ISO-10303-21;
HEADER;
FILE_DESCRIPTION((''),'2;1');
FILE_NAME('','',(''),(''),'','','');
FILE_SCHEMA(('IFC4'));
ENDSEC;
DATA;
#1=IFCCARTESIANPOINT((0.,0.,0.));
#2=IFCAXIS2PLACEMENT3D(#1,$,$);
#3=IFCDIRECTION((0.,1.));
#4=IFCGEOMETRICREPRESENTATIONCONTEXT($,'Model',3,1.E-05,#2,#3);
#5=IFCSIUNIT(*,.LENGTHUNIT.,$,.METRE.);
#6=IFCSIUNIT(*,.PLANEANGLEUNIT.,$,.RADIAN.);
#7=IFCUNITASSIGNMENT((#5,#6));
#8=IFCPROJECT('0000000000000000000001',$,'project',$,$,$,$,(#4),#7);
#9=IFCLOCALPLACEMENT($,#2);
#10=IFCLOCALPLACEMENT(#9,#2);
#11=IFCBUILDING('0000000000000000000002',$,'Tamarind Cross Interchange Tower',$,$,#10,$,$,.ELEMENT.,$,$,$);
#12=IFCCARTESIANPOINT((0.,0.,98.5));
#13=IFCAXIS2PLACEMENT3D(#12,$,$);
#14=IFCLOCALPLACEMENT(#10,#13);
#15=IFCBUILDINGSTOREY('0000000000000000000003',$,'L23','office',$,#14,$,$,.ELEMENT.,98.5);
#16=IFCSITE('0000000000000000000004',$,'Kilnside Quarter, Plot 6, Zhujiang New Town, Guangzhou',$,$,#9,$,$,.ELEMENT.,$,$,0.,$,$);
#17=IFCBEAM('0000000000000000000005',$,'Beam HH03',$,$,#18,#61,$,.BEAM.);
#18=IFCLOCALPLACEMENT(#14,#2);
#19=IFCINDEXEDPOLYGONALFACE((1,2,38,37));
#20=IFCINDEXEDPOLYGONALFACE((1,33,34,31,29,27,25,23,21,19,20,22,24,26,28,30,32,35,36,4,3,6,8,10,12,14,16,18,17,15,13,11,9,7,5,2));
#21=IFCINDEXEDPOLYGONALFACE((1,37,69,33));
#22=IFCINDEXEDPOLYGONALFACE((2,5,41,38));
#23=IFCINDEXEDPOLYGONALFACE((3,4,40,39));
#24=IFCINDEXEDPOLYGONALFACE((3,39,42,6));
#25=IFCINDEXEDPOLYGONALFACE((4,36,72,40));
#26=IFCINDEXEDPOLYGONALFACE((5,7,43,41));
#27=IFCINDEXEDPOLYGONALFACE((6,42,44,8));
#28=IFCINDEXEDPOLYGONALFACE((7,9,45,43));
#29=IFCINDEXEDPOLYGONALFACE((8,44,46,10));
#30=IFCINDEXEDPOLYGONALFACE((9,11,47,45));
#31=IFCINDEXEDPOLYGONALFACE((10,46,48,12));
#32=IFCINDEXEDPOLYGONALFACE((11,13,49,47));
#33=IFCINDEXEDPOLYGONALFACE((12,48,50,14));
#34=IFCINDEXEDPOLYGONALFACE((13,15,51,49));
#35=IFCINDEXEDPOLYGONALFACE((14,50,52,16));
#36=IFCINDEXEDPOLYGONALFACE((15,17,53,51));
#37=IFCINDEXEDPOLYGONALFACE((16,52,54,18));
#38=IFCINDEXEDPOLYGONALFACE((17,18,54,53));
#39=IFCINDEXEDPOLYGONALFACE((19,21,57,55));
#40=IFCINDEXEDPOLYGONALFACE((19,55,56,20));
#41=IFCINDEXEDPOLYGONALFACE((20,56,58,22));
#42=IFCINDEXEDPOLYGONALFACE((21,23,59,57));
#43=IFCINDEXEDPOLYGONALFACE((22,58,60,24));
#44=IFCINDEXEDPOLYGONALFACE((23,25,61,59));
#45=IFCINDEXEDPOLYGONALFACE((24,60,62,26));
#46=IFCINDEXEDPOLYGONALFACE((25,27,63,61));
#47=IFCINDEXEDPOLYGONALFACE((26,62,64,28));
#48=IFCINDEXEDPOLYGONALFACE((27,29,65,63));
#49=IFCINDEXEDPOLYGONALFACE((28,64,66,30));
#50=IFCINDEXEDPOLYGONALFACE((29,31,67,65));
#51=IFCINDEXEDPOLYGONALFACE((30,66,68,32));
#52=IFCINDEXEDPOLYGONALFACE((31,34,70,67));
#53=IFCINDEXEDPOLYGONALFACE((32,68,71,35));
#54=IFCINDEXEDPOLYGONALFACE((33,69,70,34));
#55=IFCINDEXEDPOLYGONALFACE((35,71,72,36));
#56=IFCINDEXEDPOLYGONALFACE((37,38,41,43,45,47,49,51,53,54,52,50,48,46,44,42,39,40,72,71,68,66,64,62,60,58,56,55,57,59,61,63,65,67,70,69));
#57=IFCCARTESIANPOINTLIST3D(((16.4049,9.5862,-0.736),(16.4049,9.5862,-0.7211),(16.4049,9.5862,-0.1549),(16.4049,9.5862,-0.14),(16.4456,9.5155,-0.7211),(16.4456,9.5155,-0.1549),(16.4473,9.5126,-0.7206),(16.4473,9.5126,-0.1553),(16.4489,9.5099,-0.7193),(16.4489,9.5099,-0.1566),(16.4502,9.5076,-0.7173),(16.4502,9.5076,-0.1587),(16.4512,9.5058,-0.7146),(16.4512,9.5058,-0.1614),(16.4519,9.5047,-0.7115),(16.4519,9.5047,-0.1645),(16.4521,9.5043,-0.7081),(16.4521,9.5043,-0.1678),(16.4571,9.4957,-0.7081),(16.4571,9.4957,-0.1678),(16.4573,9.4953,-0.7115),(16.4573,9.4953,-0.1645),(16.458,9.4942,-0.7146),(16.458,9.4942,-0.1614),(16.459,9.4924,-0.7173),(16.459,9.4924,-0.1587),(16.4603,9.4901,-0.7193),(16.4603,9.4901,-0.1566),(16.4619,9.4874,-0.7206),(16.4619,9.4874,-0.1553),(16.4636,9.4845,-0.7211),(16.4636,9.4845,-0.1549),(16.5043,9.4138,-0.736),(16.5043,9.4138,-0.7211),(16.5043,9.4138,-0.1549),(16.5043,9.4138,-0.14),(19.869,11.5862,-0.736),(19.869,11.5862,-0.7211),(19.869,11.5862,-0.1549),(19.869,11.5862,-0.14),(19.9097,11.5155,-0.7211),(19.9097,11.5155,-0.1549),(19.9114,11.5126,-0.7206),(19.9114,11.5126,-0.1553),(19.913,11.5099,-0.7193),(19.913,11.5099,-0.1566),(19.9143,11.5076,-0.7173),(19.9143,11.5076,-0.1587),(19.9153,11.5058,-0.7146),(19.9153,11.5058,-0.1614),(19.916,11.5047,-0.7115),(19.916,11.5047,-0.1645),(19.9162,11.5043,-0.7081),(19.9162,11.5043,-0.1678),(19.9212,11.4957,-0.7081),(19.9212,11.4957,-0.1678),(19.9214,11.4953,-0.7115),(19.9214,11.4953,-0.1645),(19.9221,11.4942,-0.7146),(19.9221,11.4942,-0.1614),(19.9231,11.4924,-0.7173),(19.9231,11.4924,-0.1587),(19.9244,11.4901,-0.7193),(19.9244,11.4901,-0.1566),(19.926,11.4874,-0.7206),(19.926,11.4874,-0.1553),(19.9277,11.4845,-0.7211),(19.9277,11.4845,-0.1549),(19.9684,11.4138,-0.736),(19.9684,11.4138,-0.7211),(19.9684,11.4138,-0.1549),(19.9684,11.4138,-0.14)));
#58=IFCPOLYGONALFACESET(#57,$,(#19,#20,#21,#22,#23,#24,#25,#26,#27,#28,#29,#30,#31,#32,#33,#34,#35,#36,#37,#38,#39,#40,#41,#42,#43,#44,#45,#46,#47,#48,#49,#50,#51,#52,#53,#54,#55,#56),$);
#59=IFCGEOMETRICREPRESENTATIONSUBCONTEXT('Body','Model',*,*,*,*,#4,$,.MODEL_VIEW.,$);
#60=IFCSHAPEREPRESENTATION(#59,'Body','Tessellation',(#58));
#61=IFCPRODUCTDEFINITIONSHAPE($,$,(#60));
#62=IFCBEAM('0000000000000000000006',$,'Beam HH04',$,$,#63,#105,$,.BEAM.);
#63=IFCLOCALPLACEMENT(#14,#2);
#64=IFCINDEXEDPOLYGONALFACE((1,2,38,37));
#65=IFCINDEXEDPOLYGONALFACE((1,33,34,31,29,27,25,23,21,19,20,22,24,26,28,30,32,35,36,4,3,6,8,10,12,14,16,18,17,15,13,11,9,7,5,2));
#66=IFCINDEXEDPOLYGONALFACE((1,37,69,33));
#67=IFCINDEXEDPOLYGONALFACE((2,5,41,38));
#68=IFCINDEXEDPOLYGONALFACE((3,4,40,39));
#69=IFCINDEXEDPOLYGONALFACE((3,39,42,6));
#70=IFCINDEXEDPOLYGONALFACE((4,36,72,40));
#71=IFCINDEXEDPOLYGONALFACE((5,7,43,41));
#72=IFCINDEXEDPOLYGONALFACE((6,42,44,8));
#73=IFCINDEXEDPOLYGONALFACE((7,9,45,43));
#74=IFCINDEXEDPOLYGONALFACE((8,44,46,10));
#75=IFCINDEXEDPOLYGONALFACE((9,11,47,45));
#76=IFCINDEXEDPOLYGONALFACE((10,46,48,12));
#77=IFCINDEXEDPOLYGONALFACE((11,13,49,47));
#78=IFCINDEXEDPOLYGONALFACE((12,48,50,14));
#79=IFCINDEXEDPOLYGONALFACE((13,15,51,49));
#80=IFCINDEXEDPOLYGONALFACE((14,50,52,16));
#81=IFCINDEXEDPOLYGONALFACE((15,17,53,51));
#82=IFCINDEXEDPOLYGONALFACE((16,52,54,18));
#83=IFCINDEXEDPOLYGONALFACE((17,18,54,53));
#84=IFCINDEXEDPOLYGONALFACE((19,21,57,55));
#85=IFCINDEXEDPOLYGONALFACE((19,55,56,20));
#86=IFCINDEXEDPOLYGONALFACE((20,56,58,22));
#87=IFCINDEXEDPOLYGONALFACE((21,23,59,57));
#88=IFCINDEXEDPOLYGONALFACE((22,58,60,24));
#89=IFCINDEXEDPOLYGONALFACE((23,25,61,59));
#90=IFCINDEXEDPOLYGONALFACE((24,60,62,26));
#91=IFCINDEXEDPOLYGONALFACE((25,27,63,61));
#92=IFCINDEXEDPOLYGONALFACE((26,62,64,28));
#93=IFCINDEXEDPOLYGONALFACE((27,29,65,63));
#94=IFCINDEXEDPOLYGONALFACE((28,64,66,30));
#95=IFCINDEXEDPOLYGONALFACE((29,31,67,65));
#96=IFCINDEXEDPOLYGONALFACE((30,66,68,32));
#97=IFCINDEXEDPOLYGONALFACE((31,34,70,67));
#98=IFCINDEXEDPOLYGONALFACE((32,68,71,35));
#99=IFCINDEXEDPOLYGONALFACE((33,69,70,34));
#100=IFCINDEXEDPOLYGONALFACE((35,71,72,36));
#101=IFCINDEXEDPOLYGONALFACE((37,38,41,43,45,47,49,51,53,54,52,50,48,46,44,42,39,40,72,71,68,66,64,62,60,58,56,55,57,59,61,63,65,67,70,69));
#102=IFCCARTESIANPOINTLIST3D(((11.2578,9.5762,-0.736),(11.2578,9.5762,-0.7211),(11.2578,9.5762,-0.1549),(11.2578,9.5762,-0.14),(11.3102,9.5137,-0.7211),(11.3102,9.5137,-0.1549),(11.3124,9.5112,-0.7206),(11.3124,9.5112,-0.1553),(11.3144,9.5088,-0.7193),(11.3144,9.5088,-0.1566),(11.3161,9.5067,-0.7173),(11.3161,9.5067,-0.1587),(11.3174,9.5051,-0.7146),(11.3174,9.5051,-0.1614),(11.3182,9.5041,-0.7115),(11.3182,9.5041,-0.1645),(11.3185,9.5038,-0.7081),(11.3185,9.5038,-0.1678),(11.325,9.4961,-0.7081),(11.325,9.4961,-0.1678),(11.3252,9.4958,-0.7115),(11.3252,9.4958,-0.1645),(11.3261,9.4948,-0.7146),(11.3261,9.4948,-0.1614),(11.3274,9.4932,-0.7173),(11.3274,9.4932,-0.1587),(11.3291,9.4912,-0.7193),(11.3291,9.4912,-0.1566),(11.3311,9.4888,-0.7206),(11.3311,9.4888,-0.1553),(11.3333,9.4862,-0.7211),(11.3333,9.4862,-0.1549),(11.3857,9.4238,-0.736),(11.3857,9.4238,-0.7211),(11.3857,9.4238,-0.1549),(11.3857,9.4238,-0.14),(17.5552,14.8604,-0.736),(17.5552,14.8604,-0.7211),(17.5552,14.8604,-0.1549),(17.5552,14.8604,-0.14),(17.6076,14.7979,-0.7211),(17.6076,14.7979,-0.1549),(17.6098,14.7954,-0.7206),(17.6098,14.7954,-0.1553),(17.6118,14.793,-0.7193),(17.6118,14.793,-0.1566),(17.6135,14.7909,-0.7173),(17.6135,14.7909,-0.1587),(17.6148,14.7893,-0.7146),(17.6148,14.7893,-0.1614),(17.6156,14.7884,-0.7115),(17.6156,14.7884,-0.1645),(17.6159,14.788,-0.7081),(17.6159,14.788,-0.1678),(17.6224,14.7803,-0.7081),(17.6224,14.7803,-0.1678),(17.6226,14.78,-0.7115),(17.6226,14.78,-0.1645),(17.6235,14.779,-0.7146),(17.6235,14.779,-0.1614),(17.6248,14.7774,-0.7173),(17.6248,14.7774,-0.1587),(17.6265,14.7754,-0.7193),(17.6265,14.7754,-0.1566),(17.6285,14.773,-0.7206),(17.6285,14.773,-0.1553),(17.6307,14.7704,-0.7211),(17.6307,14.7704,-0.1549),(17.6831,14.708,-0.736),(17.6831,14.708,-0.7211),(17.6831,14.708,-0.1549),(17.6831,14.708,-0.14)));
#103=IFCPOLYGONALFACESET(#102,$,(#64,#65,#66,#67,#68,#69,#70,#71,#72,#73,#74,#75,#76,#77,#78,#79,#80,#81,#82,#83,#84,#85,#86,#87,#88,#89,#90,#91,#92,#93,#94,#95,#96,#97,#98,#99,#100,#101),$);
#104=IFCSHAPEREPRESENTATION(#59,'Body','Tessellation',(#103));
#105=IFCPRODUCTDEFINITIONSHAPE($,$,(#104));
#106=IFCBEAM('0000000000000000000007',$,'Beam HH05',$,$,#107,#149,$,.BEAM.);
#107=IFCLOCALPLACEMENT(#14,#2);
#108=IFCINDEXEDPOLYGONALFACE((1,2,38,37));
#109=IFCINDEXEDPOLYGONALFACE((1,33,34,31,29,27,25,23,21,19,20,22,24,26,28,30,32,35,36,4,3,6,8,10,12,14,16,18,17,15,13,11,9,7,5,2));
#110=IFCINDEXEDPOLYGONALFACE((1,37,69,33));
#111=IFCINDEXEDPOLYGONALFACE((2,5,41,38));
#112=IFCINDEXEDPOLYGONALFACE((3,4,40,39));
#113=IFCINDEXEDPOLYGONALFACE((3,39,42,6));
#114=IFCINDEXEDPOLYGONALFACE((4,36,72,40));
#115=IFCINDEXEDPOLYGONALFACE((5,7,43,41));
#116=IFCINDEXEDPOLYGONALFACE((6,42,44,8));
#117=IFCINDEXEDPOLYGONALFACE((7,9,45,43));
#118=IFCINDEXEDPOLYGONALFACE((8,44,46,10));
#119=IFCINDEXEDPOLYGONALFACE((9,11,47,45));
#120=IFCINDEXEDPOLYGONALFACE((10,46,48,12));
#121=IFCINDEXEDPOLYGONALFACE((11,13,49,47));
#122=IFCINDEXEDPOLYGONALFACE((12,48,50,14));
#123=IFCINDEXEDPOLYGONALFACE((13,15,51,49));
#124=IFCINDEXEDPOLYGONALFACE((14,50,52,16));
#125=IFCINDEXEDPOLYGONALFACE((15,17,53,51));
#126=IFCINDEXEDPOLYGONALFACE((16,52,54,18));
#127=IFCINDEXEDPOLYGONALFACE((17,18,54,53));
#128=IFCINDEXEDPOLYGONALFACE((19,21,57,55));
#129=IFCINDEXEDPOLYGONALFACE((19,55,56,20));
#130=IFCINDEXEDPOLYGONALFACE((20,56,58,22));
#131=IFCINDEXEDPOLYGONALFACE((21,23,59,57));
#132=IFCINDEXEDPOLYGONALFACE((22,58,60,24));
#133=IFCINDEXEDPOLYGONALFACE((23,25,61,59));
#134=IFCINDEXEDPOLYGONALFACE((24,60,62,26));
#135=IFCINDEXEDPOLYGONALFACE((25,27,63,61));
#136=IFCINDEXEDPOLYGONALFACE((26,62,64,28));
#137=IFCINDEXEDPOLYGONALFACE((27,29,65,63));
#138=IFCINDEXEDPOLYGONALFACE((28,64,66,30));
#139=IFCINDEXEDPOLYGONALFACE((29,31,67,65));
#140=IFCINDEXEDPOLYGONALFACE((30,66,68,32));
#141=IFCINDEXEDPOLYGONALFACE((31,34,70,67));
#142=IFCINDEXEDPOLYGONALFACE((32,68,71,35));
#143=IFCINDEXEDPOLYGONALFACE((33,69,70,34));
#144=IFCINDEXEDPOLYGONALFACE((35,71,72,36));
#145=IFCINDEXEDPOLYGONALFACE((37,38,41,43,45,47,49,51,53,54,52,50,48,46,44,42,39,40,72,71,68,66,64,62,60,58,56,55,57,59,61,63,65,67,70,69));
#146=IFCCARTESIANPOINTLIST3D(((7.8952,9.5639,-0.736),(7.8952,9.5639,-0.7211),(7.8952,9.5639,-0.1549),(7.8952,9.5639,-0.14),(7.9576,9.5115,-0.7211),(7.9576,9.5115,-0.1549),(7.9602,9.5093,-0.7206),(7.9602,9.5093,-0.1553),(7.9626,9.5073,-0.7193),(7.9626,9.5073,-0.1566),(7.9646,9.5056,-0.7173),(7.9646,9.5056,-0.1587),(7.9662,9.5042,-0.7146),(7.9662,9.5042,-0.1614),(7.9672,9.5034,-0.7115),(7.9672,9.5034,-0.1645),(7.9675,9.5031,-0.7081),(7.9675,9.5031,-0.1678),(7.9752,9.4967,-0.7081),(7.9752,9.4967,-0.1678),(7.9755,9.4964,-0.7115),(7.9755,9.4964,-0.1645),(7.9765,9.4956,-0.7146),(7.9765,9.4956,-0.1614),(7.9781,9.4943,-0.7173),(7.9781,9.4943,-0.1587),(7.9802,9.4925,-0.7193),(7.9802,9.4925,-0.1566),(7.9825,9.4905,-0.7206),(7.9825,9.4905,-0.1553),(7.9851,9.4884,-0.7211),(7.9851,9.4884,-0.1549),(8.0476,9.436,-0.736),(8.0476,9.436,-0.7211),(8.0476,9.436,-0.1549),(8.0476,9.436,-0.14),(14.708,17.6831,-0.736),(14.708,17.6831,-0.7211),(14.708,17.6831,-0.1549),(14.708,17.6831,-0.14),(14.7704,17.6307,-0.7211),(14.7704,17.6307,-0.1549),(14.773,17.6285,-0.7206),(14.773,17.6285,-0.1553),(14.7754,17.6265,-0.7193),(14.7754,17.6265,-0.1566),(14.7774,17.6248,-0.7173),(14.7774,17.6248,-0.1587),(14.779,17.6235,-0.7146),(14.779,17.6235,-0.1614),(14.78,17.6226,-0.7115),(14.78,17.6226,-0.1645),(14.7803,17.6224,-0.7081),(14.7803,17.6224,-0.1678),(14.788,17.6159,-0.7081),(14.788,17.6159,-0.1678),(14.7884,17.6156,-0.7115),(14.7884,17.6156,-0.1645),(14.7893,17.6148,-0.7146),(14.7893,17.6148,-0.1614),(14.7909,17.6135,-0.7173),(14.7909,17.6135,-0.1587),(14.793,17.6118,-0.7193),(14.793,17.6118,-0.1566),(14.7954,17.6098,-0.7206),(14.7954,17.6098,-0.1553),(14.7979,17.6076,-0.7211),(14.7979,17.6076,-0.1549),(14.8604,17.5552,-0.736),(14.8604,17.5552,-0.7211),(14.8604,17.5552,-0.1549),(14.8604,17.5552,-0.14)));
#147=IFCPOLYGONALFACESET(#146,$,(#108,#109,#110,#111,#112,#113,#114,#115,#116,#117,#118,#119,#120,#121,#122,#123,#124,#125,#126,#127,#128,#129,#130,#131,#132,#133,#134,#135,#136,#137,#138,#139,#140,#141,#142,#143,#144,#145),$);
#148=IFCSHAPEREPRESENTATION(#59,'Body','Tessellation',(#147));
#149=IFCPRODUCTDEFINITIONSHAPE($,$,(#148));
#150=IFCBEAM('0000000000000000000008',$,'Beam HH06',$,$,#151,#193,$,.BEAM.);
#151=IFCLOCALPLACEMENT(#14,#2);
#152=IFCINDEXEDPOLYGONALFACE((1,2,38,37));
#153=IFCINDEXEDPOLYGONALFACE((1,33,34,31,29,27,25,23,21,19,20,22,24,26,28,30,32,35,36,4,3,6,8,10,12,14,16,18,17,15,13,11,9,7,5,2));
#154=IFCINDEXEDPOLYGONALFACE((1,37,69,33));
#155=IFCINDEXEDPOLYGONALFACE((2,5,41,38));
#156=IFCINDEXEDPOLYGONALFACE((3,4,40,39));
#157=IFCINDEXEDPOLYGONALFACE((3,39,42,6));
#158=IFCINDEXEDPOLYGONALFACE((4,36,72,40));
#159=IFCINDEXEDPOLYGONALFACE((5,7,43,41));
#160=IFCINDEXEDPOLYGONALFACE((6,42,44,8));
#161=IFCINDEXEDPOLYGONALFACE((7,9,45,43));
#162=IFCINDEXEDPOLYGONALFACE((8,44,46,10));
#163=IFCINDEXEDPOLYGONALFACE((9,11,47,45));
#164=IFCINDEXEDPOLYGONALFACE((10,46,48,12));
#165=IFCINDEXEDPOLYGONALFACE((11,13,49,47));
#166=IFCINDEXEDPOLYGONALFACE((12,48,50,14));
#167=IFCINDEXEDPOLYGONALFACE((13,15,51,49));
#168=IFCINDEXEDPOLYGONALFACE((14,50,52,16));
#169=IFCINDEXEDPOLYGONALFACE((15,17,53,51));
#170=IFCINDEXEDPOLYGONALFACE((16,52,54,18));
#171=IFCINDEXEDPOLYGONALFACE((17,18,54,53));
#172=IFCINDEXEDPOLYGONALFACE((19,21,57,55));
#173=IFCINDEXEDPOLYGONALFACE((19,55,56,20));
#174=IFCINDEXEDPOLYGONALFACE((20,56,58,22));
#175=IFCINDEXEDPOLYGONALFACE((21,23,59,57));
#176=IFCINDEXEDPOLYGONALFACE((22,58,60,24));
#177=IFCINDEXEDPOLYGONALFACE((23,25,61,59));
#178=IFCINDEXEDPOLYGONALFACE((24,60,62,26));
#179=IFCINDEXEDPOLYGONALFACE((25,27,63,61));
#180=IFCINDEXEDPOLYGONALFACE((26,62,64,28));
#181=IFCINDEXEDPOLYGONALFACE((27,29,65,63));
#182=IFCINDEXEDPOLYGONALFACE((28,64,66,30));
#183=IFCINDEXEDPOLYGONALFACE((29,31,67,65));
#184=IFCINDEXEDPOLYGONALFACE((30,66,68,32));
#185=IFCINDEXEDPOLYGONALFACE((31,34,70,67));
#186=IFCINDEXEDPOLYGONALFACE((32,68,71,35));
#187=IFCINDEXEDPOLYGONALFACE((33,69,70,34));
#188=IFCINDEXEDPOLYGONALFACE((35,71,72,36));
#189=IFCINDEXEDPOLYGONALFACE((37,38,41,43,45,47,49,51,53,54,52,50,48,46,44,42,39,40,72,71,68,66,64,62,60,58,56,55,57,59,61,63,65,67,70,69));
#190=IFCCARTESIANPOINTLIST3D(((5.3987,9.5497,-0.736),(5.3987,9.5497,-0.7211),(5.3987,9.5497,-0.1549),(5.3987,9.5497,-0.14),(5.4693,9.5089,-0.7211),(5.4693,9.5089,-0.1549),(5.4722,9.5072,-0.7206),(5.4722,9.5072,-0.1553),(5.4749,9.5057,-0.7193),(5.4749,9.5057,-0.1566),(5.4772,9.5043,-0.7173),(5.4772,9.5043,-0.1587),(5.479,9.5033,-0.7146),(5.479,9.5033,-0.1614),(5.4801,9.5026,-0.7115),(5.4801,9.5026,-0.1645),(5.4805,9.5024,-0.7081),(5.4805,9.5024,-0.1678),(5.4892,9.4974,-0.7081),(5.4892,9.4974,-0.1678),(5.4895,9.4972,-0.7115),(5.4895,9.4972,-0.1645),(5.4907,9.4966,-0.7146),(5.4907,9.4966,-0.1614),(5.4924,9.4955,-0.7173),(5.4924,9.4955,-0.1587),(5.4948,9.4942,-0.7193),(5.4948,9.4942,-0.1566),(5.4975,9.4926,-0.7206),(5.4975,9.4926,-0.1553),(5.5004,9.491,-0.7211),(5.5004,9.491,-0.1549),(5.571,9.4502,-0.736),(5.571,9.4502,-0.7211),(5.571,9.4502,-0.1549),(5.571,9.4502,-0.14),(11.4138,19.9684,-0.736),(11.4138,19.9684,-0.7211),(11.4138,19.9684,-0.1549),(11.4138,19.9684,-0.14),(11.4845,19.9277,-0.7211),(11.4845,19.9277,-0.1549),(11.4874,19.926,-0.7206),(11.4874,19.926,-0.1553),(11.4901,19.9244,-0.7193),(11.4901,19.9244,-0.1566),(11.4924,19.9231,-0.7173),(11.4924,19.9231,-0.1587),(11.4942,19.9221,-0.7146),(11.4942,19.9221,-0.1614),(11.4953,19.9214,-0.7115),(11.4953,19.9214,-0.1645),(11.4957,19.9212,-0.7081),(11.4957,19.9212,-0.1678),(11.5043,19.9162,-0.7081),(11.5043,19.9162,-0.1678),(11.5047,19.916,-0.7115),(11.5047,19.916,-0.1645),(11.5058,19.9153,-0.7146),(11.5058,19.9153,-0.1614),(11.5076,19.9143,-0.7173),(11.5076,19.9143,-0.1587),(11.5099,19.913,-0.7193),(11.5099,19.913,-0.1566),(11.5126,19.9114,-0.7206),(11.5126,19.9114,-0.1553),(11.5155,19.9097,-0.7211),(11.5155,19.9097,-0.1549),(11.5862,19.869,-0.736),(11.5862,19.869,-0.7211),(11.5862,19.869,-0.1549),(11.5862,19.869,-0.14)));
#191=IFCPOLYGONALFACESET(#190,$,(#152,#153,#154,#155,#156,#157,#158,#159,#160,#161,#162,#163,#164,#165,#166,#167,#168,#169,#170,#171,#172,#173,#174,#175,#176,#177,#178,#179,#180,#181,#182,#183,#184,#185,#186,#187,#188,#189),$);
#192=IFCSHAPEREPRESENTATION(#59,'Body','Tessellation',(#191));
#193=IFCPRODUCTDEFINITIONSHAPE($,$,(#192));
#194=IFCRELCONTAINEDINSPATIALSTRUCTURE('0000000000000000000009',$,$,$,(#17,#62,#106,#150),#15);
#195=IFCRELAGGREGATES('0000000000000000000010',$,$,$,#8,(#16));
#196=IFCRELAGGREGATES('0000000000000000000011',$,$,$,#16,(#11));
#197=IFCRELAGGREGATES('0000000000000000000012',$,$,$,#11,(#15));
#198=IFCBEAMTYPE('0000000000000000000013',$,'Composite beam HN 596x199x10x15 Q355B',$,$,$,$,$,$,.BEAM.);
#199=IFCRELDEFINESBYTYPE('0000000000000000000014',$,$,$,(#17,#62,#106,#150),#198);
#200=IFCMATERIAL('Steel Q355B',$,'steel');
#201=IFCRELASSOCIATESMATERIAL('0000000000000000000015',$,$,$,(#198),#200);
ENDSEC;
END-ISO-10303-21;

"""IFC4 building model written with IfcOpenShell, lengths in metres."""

from ifc_helpers import new_model, si_unit, direction, frame, origin, origin_2d, place, context, subcontext, project, spatial, i_section, extrude, material, material_profile, profile_set, type_object, element, save


model = new_model("IFC4")

# Units and contexts
model_context = context("Model", 3, precision=1e-05, world=origin(), true_north=direction((0.0, 1.0)))
body_context = subcontext(model_context, "Body", "Model", "MODEL_VIEW")
ifc_project = project(units=[si_unit("LENGTHUNIT", "METRE"), si_unit("PLANEANGLEUNIT", "RADIAN")], contexts=[model_context])

# Site, building, storey
site_placement = place(None, origin())
site = spatial("IfcSite", under=ifc_project, at=site_placement, Name="Kilnside Quarter, Plot 6, Zhujiang New Town, Guangzhou", CompositionType="ELEMENT", RefElevation=0.0)
building_placement = place(site_placement, origin())
building = spatial("IfcBuilding", under=site, at=building_placement, Name="Tamarind Cross Interchange Tower", CompositionType="ELEMENT")
storey_placement = place(building_placement, frame((0.0, 0.0, 98.5)))
storey = spatial("IfcBuildingStorey", under=building, at=storey_placement, Name="L23", Description="office", CompositionType="ELEMENT", Elevation=98.5)

# Beams
ifc_material_1 = material(Name="Steel Q355B", Category="steel")
ifc_material_profile_1 = material_profile(ifc_material_1, i_section(OverallWidth=0.199, OverallDepth=0.5959, WebThickness=0.01, FlangeThickness=0.0149, FilletRadius=0.0129, at=origin_2d()), Name="HN 596x199x10x15")
ifc_profile_set_1 = profile_set([ifc_material_profile_1], Name="Steel Q355B")
beam_type = type_object("IfcBeamType", Name="Composite beam HN 596x199x10x15 Q355B", PredefinedType="BEAM", material=ifc_profile_set_1)
beam_1_placement = place(storey_placement, frame((19.9187, 11.5, -0.438), z_axis=(-0.866026, -0.499999, 0.0), x_axis=(0.499999, -0.866026, 0.0)))
element("IfcBeam", 1, at=beam_1_placement, inside=storey, type_object=beam_type, Name="Beam HH03", PredefinedType="BEAM", context=body_context, shape_type="SweptSolid", body=[
    extrude(i_section(OverallWidth=0.199, OverallDepth=0.5959, WebThickness=0.01, FlangeThickness=0.0149, FilletRadius=0.0129, at=origin_2d()), origin(), (0.0, 0.0, 1.0), 4.0),
])
beam_2_placement = place(storey_placement, frame((17.6191, 14.7842, -0.438), z_axis=(-0.766041, -0.642792, 0.0), x_axis=(0.642792, -0.766041, 0.0)))
element("IfcBeam", 2, at=beam_2_placement, inside=storey, type_object=beam_type, Name="Beam HH04", PredefinedType="BEAM", context=body_context, shape_type="SweptSolid", body=[
    extrude(i_section(OverallWidth=0.199, OverallDepth=0.5959, WebThickness=0.01, FlangeThickness=0.0149, FilletRadius=0.0129, at=origin_2d()), origin(), (0.0, 0.0, 1.0), 8.2207),
])
beam_3_placement = place(storey_placement, frame((14.7842, 17.6191, -0.438), z_axis=(-0.642786, -0.766046, 0.0), x_axis=(0.766046, -0.642786, 0.0)))
element("IfcBeam", 3, at=beam_3_placement, inside=storey, type_object=beam_type, Name="Beam HH05", PredefinedType="BEAM", context=body_context, shape_type="SweptSolid", body=[
    extrude(i_section(OverallWidth=0.199, OverallDepth=0.5959, WebThickness=0.01, FlangeThickness=0.0149, FilletRadius=0.0129, at=origin_2d()), origin(), (0.0, 0.0, 1.0), 10.5989),
])
beam_4_placement = place(storey_placement, frame((11.5, 19.9187, -0.438), z_axis=(-0.499994, -0.866029, 0.0), x_axis=(0.866029, -0.499994, 0.0)))
element("IfcBeam", 4, at=beam_4_placement, inside=storey, type_object=beam_type, Name="Beam HH06", PredefinedType="BEAM", context=body_context, shape_type="SweptSolid", body=[
    extrude(i_section(OverallWidth=0.199, OverallDepth=0.5959, WebThickness=0.01, FlangeThickness=0.0149, FilletRadius=0.0129, at=origin_2d()), origin(), (0.0, 0.0, 1.0), 12.0305),
])

save(model, "model.ifc")
